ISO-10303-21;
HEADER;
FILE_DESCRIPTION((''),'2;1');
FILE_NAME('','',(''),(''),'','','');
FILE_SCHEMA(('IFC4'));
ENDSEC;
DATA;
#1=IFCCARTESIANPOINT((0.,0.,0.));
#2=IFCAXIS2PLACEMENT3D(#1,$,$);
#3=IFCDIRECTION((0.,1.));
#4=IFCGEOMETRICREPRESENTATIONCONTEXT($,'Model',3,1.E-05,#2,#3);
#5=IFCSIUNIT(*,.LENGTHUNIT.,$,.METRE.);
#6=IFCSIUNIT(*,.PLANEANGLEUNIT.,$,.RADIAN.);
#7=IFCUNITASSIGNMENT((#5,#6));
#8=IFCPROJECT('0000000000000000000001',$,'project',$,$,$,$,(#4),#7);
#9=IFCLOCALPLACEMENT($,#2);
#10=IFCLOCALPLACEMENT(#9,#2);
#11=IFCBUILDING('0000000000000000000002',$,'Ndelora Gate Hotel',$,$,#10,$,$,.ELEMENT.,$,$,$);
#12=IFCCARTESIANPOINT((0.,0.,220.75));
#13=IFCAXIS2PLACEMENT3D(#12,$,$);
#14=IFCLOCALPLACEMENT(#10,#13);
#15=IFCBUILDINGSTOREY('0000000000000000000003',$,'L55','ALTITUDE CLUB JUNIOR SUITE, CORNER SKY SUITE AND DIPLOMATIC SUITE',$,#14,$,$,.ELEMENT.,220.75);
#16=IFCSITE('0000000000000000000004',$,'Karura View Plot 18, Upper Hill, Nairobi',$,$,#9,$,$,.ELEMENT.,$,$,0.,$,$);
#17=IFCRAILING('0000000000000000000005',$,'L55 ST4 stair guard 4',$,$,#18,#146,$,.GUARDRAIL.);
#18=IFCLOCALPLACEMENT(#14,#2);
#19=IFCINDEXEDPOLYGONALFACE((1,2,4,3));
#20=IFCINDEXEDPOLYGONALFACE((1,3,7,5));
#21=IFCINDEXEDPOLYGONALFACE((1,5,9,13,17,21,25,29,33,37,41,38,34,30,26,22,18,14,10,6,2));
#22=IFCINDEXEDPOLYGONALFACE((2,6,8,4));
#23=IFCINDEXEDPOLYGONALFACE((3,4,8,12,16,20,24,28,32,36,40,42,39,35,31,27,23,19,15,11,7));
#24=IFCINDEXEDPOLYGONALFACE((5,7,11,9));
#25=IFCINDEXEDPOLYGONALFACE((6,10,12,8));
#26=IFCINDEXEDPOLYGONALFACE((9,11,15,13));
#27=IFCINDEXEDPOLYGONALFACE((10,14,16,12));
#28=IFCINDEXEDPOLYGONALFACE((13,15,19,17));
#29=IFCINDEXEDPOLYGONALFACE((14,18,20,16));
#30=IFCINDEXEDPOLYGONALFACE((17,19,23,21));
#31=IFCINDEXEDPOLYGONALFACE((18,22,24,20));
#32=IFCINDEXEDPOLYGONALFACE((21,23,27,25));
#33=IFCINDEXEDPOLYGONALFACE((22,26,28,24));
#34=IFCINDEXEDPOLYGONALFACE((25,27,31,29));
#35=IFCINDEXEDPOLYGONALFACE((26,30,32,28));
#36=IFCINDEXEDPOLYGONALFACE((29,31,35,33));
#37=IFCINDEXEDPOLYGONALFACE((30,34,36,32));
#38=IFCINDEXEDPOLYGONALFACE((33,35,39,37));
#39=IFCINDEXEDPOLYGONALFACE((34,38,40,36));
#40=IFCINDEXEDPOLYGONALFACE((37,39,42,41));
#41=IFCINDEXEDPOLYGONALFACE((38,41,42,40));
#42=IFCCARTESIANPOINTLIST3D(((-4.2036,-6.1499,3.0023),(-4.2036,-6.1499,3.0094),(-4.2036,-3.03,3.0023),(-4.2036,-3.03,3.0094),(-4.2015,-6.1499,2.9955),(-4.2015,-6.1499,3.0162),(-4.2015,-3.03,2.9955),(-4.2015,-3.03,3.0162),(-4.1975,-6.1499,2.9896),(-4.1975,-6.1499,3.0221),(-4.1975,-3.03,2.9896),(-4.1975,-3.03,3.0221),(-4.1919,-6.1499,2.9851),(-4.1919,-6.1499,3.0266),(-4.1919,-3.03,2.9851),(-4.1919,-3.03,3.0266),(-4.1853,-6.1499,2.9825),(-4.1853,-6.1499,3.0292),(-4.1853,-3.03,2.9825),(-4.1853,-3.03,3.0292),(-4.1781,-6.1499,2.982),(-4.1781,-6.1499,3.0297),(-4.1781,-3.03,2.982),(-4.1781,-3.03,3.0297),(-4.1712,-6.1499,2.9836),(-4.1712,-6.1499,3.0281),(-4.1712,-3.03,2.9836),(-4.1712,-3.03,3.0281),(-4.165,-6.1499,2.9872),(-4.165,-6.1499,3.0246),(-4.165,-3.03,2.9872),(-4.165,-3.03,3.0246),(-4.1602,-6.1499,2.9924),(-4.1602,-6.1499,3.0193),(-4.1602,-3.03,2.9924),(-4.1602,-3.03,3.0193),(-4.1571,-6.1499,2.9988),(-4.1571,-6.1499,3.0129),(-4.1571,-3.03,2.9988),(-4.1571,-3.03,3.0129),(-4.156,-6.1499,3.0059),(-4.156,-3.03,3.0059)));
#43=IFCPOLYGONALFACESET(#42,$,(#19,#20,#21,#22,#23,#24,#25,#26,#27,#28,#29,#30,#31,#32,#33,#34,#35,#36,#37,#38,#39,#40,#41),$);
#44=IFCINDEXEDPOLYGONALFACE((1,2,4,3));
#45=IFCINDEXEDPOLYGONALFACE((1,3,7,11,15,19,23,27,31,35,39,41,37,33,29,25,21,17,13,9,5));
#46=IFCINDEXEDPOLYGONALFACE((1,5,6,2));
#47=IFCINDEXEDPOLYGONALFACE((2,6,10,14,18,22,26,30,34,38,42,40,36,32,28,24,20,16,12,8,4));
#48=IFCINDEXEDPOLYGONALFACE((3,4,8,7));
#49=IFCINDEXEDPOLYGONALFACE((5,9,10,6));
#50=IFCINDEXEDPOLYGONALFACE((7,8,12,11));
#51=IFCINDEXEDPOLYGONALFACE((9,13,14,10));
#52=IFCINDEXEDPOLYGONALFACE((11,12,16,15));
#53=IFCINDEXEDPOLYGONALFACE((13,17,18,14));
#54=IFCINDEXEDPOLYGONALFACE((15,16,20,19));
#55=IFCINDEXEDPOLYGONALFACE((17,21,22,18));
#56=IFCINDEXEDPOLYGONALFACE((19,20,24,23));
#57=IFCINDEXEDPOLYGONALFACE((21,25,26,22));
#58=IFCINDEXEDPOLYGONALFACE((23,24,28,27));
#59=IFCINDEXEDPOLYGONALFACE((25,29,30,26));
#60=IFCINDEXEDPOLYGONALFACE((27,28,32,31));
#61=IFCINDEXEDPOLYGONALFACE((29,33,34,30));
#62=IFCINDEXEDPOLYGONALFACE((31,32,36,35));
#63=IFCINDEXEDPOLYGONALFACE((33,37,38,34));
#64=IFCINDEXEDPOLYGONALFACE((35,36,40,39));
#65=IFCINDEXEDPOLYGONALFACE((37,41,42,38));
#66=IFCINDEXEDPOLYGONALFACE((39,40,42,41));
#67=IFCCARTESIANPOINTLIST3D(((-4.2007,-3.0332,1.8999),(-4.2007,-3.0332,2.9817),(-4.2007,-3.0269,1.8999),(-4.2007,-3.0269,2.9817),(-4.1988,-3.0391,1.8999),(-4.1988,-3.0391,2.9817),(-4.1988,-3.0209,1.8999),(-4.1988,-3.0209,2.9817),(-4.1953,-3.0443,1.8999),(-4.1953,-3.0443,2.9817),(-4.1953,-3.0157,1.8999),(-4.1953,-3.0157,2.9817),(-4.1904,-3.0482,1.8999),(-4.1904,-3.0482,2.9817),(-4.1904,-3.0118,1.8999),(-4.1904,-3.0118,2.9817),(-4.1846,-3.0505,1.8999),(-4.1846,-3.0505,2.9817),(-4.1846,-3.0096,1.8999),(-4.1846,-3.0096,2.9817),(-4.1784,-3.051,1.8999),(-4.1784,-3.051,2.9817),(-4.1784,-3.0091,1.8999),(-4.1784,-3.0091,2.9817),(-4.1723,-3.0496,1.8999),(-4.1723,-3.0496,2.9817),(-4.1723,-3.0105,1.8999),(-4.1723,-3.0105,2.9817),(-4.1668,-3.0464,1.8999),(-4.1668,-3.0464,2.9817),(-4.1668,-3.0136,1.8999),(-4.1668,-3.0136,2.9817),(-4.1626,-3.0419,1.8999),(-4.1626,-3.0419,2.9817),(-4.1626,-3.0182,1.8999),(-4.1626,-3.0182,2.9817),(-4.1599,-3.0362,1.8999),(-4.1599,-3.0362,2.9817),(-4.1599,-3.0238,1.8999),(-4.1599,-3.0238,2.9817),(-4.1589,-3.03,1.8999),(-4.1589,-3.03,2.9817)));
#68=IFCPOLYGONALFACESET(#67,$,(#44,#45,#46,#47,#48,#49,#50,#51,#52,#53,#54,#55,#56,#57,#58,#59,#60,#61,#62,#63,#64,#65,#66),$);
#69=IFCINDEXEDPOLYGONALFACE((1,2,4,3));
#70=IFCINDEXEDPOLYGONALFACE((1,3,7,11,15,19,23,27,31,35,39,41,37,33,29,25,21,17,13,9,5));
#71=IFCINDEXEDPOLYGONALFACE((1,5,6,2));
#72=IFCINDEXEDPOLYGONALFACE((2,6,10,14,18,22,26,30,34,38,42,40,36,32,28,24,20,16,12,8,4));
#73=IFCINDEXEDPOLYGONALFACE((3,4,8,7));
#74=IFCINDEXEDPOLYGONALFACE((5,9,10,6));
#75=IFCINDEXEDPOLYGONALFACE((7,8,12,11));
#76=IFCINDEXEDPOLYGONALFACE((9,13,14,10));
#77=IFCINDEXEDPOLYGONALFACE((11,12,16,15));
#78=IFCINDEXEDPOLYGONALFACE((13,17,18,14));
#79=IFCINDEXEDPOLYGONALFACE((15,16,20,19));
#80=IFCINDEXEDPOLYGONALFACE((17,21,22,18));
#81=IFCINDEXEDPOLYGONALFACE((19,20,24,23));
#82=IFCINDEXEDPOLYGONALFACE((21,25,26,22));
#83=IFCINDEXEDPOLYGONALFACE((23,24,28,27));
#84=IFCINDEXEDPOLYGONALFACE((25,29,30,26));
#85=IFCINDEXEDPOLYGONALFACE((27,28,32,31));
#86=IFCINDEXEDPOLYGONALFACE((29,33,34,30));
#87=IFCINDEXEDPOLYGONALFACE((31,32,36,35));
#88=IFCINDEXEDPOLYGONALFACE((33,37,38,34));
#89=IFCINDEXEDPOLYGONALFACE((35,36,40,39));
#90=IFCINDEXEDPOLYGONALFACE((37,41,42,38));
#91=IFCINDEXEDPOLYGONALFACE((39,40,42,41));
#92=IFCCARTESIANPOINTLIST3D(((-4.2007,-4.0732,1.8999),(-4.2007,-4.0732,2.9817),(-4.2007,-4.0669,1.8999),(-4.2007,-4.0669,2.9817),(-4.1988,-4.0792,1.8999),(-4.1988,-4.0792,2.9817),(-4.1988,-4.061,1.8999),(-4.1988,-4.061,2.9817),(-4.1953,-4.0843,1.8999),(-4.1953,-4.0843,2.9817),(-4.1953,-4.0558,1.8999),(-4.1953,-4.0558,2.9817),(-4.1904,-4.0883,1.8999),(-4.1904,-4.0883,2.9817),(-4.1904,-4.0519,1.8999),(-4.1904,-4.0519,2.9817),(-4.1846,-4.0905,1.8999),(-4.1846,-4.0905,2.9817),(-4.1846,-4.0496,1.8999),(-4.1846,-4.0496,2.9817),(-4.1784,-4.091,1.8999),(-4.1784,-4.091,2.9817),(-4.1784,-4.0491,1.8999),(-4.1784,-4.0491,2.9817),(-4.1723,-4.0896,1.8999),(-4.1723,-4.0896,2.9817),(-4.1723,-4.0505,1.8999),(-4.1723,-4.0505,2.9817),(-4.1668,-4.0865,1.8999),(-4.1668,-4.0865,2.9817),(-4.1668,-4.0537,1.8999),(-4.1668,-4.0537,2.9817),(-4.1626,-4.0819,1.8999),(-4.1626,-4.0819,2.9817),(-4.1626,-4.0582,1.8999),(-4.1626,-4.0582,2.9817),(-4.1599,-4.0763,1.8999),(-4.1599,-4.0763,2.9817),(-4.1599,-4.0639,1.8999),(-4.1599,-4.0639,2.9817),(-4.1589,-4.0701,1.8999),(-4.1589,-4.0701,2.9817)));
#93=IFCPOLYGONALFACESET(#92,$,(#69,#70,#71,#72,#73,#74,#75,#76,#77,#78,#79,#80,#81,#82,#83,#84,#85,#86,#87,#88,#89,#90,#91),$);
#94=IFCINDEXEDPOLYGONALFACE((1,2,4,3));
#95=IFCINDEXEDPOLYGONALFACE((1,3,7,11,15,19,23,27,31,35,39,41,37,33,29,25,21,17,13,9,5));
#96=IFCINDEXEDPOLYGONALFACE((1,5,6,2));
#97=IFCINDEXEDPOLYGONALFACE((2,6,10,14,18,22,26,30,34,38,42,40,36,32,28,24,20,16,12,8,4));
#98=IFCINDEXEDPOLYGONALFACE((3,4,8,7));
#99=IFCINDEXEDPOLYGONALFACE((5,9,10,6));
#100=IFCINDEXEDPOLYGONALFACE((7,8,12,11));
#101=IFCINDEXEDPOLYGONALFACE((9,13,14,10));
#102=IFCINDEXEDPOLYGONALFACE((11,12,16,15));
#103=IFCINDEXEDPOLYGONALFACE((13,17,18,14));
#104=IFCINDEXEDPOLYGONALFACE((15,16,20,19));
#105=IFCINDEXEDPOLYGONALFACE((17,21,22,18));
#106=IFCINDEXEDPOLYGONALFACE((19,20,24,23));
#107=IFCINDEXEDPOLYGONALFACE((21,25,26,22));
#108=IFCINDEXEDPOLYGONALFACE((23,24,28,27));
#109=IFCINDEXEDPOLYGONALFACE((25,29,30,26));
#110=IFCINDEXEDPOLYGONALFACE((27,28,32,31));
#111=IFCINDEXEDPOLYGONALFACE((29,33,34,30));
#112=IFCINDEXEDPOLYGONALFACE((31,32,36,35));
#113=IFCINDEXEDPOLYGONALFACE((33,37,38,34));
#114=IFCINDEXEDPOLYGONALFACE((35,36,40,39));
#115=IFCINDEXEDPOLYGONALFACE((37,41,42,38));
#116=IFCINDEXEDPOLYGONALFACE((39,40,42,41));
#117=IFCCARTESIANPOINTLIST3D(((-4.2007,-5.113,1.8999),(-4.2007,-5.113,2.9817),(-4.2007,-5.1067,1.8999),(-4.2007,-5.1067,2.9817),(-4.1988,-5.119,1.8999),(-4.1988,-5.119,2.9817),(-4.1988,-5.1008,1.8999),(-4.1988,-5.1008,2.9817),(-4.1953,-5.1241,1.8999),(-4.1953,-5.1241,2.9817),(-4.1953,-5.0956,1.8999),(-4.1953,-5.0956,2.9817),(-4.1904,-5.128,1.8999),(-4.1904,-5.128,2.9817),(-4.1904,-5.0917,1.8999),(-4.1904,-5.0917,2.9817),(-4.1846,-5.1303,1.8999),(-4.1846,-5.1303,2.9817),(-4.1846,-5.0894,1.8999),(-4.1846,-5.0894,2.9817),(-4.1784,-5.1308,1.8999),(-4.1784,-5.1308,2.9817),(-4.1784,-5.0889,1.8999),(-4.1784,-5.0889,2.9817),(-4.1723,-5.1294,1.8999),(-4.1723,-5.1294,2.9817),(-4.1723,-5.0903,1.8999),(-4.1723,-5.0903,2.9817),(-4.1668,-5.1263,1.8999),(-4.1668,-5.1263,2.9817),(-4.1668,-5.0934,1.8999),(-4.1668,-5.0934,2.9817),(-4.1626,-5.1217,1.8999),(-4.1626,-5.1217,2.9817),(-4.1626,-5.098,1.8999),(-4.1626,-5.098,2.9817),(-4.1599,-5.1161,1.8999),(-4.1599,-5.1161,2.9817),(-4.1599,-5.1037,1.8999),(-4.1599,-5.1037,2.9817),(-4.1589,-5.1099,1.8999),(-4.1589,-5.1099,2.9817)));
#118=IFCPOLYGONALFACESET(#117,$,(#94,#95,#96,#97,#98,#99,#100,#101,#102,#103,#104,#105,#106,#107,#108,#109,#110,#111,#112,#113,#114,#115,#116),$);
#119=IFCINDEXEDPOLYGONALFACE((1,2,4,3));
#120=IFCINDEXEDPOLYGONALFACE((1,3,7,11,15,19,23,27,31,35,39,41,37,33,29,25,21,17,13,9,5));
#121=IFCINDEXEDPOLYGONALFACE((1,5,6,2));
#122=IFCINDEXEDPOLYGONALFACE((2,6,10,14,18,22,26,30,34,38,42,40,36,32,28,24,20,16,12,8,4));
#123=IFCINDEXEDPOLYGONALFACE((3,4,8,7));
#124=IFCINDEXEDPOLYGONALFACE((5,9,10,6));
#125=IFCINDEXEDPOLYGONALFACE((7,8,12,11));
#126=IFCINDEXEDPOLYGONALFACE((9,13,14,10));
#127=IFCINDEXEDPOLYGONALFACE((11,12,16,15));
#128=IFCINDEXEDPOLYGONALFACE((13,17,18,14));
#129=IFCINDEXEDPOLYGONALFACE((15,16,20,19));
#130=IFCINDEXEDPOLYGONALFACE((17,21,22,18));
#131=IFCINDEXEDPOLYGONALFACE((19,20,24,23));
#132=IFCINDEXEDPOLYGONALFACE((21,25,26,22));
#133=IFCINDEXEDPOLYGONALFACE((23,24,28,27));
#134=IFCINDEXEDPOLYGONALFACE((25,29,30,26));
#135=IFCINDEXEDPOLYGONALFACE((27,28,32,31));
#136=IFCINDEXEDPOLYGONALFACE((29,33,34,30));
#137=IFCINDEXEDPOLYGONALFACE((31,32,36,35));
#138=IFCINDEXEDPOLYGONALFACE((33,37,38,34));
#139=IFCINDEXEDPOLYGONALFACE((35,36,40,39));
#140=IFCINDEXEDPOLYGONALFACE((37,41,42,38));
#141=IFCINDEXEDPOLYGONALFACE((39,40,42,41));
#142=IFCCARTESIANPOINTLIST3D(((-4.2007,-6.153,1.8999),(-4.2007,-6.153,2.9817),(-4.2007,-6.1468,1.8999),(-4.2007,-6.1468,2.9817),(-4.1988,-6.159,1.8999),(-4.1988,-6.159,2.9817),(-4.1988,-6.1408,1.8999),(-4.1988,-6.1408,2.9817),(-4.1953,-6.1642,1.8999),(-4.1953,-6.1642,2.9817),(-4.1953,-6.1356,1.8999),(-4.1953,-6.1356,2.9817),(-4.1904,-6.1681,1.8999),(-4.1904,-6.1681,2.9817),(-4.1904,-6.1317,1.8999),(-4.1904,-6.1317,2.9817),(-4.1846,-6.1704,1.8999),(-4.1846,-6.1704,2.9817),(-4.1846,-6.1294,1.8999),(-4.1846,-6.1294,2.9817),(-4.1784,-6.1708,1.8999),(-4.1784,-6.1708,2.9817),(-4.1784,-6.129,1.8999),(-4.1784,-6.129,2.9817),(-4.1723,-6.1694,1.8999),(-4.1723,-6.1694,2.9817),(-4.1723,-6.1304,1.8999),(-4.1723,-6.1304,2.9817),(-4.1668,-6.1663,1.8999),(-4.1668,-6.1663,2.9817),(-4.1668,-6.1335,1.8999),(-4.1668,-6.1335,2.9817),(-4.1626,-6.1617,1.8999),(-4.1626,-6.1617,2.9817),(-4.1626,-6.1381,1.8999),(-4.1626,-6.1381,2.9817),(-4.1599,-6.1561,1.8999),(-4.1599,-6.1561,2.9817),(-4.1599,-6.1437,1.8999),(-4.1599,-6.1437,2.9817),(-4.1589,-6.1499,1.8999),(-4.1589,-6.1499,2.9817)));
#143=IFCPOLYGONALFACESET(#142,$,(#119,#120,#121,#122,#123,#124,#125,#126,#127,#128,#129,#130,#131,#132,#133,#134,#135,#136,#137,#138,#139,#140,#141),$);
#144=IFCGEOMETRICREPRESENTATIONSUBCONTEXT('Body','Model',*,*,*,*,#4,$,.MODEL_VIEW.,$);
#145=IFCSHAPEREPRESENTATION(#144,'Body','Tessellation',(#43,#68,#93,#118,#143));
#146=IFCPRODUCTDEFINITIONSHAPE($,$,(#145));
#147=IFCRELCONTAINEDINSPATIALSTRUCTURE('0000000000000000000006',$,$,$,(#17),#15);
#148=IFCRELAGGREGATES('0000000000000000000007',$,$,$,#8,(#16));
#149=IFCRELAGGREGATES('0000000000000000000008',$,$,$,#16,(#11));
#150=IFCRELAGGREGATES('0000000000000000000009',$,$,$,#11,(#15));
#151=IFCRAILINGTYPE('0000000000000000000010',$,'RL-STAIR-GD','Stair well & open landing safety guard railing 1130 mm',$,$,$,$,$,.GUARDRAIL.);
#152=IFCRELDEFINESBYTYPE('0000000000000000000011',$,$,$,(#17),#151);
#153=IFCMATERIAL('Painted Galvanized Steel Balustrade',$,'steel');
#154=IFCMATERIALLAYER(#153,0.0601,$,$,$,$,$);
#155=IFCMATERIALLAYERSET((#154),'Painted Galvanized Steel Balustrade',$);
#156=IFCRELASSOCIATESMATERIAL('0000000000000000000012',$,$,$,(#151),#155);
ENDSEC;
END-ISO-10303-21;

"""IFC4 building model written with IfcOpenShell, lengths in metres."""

from ifc_helpers import new_model, si_unit, direction, frame, origin, origin_2d, place, context, subcontext, project, spatial, circle, extrude, material, layer, layer_set, type_object, element, save


model = new_model("IFC4")

# Units and contexts
model_context = context("Model", 3, precision=1e-05, world=origin(), true_north=direction((0.0, 1.0)))
body_context = subcontext(model_context, "Body", "Model", "MODEL_VIEW")
ifc_project = project(units=[si_unit("LENGTHUNIT", "METRE"), si_unit("PLANEANGLEUNIT", "RADIAN")], contexts=[model_context])

# Site, building, storey
site_placement = place(None, origin())
site = spatial("IfcSite", under=ifc_project, at=site_placement, Name="Karura View Plot 18, Upper Hill, Nairobi", CompositionType="ELEMENT", RefElevation=0.0)
building_placement = place(site_placement, origin())
building = spatial("IfcBuilding", under=site, at=building_placement, Name="Ndelora Gate Hotel", CompositionType="ELEMENT")
storey_placement = place(building_placement, frame((0.0, 0.0, 220.75)))
storey = spatial("IfcBuildingStorey", under=building, at=storey_placement, Name="L55", Description="ALTITUDE CLUB JUNIOR SUITE, CORNER SKY SUITE AND DIPLOMATIC SUITE", CompositionType="ELEMENT", Elevation=220.75)

# Railing
ifc_material_1 = material(Name="Painted Galvanized Steel Balustrade", Category="steel")
ifc_layer_1 = layer(ifc_material_1, 0.0601)
ifc_layer_set_1 = layer_set([ifc_layer_1], Name="Painted Galvanized Steel Balustrade")
railing_type_1 = type_object("IfcRailingType", Name="RL-STAIR-GD", Description="Stair well & open landing safety guard railing 1130 mm", PredefinedType="GUARDRAIL", material=ifc_layer_set_1)
for number, where, name in (
    (1, (-4.1799, -3.03, 1.8999), "L55 ST4 stair guard 4"),
):
    element("IfcRailing", number, at=place(storey_placement, frame(where)), inside=storey, type_object=railing_type_1, Name=name, PredefinedType="GUARDRAIL", context=body_context, shape_type="SweptSolid", body=[
        extrude(circle(Radius=0.0239, at=origin_2d()), frame((0.0, 0.0, 1.106), z_axis=(0.0, -1.0, 0.0), x_axis=(1.0, 0.0, 0.0)), (0.0, 0.0, 1.0), 3.1199),
        extrude(circle(Radius=0.021, at=origin_2d()), origin(), (0.0, 0.0, 1.0), 1.0818),
        extrude(circle(Radius=0.021, at=origin_2d()), frame((0.0, -1.04, 0.0)), (0.0, 0.0, 1.0), 1.0818),
        extrude(circle(Radius=0.021, at=origin_2d()), frame((0.0, -2.0798, 0.0)), (0.0, 0.0, 1.0), 1.0818),
        extrude(circle(Radius=0.021, at=origin_2d()), frame((0.0, -3.1199, 0.0)), (0.0, 0.0, 1.0), 1.0818),
    ])

save(model, "model.ifc")
